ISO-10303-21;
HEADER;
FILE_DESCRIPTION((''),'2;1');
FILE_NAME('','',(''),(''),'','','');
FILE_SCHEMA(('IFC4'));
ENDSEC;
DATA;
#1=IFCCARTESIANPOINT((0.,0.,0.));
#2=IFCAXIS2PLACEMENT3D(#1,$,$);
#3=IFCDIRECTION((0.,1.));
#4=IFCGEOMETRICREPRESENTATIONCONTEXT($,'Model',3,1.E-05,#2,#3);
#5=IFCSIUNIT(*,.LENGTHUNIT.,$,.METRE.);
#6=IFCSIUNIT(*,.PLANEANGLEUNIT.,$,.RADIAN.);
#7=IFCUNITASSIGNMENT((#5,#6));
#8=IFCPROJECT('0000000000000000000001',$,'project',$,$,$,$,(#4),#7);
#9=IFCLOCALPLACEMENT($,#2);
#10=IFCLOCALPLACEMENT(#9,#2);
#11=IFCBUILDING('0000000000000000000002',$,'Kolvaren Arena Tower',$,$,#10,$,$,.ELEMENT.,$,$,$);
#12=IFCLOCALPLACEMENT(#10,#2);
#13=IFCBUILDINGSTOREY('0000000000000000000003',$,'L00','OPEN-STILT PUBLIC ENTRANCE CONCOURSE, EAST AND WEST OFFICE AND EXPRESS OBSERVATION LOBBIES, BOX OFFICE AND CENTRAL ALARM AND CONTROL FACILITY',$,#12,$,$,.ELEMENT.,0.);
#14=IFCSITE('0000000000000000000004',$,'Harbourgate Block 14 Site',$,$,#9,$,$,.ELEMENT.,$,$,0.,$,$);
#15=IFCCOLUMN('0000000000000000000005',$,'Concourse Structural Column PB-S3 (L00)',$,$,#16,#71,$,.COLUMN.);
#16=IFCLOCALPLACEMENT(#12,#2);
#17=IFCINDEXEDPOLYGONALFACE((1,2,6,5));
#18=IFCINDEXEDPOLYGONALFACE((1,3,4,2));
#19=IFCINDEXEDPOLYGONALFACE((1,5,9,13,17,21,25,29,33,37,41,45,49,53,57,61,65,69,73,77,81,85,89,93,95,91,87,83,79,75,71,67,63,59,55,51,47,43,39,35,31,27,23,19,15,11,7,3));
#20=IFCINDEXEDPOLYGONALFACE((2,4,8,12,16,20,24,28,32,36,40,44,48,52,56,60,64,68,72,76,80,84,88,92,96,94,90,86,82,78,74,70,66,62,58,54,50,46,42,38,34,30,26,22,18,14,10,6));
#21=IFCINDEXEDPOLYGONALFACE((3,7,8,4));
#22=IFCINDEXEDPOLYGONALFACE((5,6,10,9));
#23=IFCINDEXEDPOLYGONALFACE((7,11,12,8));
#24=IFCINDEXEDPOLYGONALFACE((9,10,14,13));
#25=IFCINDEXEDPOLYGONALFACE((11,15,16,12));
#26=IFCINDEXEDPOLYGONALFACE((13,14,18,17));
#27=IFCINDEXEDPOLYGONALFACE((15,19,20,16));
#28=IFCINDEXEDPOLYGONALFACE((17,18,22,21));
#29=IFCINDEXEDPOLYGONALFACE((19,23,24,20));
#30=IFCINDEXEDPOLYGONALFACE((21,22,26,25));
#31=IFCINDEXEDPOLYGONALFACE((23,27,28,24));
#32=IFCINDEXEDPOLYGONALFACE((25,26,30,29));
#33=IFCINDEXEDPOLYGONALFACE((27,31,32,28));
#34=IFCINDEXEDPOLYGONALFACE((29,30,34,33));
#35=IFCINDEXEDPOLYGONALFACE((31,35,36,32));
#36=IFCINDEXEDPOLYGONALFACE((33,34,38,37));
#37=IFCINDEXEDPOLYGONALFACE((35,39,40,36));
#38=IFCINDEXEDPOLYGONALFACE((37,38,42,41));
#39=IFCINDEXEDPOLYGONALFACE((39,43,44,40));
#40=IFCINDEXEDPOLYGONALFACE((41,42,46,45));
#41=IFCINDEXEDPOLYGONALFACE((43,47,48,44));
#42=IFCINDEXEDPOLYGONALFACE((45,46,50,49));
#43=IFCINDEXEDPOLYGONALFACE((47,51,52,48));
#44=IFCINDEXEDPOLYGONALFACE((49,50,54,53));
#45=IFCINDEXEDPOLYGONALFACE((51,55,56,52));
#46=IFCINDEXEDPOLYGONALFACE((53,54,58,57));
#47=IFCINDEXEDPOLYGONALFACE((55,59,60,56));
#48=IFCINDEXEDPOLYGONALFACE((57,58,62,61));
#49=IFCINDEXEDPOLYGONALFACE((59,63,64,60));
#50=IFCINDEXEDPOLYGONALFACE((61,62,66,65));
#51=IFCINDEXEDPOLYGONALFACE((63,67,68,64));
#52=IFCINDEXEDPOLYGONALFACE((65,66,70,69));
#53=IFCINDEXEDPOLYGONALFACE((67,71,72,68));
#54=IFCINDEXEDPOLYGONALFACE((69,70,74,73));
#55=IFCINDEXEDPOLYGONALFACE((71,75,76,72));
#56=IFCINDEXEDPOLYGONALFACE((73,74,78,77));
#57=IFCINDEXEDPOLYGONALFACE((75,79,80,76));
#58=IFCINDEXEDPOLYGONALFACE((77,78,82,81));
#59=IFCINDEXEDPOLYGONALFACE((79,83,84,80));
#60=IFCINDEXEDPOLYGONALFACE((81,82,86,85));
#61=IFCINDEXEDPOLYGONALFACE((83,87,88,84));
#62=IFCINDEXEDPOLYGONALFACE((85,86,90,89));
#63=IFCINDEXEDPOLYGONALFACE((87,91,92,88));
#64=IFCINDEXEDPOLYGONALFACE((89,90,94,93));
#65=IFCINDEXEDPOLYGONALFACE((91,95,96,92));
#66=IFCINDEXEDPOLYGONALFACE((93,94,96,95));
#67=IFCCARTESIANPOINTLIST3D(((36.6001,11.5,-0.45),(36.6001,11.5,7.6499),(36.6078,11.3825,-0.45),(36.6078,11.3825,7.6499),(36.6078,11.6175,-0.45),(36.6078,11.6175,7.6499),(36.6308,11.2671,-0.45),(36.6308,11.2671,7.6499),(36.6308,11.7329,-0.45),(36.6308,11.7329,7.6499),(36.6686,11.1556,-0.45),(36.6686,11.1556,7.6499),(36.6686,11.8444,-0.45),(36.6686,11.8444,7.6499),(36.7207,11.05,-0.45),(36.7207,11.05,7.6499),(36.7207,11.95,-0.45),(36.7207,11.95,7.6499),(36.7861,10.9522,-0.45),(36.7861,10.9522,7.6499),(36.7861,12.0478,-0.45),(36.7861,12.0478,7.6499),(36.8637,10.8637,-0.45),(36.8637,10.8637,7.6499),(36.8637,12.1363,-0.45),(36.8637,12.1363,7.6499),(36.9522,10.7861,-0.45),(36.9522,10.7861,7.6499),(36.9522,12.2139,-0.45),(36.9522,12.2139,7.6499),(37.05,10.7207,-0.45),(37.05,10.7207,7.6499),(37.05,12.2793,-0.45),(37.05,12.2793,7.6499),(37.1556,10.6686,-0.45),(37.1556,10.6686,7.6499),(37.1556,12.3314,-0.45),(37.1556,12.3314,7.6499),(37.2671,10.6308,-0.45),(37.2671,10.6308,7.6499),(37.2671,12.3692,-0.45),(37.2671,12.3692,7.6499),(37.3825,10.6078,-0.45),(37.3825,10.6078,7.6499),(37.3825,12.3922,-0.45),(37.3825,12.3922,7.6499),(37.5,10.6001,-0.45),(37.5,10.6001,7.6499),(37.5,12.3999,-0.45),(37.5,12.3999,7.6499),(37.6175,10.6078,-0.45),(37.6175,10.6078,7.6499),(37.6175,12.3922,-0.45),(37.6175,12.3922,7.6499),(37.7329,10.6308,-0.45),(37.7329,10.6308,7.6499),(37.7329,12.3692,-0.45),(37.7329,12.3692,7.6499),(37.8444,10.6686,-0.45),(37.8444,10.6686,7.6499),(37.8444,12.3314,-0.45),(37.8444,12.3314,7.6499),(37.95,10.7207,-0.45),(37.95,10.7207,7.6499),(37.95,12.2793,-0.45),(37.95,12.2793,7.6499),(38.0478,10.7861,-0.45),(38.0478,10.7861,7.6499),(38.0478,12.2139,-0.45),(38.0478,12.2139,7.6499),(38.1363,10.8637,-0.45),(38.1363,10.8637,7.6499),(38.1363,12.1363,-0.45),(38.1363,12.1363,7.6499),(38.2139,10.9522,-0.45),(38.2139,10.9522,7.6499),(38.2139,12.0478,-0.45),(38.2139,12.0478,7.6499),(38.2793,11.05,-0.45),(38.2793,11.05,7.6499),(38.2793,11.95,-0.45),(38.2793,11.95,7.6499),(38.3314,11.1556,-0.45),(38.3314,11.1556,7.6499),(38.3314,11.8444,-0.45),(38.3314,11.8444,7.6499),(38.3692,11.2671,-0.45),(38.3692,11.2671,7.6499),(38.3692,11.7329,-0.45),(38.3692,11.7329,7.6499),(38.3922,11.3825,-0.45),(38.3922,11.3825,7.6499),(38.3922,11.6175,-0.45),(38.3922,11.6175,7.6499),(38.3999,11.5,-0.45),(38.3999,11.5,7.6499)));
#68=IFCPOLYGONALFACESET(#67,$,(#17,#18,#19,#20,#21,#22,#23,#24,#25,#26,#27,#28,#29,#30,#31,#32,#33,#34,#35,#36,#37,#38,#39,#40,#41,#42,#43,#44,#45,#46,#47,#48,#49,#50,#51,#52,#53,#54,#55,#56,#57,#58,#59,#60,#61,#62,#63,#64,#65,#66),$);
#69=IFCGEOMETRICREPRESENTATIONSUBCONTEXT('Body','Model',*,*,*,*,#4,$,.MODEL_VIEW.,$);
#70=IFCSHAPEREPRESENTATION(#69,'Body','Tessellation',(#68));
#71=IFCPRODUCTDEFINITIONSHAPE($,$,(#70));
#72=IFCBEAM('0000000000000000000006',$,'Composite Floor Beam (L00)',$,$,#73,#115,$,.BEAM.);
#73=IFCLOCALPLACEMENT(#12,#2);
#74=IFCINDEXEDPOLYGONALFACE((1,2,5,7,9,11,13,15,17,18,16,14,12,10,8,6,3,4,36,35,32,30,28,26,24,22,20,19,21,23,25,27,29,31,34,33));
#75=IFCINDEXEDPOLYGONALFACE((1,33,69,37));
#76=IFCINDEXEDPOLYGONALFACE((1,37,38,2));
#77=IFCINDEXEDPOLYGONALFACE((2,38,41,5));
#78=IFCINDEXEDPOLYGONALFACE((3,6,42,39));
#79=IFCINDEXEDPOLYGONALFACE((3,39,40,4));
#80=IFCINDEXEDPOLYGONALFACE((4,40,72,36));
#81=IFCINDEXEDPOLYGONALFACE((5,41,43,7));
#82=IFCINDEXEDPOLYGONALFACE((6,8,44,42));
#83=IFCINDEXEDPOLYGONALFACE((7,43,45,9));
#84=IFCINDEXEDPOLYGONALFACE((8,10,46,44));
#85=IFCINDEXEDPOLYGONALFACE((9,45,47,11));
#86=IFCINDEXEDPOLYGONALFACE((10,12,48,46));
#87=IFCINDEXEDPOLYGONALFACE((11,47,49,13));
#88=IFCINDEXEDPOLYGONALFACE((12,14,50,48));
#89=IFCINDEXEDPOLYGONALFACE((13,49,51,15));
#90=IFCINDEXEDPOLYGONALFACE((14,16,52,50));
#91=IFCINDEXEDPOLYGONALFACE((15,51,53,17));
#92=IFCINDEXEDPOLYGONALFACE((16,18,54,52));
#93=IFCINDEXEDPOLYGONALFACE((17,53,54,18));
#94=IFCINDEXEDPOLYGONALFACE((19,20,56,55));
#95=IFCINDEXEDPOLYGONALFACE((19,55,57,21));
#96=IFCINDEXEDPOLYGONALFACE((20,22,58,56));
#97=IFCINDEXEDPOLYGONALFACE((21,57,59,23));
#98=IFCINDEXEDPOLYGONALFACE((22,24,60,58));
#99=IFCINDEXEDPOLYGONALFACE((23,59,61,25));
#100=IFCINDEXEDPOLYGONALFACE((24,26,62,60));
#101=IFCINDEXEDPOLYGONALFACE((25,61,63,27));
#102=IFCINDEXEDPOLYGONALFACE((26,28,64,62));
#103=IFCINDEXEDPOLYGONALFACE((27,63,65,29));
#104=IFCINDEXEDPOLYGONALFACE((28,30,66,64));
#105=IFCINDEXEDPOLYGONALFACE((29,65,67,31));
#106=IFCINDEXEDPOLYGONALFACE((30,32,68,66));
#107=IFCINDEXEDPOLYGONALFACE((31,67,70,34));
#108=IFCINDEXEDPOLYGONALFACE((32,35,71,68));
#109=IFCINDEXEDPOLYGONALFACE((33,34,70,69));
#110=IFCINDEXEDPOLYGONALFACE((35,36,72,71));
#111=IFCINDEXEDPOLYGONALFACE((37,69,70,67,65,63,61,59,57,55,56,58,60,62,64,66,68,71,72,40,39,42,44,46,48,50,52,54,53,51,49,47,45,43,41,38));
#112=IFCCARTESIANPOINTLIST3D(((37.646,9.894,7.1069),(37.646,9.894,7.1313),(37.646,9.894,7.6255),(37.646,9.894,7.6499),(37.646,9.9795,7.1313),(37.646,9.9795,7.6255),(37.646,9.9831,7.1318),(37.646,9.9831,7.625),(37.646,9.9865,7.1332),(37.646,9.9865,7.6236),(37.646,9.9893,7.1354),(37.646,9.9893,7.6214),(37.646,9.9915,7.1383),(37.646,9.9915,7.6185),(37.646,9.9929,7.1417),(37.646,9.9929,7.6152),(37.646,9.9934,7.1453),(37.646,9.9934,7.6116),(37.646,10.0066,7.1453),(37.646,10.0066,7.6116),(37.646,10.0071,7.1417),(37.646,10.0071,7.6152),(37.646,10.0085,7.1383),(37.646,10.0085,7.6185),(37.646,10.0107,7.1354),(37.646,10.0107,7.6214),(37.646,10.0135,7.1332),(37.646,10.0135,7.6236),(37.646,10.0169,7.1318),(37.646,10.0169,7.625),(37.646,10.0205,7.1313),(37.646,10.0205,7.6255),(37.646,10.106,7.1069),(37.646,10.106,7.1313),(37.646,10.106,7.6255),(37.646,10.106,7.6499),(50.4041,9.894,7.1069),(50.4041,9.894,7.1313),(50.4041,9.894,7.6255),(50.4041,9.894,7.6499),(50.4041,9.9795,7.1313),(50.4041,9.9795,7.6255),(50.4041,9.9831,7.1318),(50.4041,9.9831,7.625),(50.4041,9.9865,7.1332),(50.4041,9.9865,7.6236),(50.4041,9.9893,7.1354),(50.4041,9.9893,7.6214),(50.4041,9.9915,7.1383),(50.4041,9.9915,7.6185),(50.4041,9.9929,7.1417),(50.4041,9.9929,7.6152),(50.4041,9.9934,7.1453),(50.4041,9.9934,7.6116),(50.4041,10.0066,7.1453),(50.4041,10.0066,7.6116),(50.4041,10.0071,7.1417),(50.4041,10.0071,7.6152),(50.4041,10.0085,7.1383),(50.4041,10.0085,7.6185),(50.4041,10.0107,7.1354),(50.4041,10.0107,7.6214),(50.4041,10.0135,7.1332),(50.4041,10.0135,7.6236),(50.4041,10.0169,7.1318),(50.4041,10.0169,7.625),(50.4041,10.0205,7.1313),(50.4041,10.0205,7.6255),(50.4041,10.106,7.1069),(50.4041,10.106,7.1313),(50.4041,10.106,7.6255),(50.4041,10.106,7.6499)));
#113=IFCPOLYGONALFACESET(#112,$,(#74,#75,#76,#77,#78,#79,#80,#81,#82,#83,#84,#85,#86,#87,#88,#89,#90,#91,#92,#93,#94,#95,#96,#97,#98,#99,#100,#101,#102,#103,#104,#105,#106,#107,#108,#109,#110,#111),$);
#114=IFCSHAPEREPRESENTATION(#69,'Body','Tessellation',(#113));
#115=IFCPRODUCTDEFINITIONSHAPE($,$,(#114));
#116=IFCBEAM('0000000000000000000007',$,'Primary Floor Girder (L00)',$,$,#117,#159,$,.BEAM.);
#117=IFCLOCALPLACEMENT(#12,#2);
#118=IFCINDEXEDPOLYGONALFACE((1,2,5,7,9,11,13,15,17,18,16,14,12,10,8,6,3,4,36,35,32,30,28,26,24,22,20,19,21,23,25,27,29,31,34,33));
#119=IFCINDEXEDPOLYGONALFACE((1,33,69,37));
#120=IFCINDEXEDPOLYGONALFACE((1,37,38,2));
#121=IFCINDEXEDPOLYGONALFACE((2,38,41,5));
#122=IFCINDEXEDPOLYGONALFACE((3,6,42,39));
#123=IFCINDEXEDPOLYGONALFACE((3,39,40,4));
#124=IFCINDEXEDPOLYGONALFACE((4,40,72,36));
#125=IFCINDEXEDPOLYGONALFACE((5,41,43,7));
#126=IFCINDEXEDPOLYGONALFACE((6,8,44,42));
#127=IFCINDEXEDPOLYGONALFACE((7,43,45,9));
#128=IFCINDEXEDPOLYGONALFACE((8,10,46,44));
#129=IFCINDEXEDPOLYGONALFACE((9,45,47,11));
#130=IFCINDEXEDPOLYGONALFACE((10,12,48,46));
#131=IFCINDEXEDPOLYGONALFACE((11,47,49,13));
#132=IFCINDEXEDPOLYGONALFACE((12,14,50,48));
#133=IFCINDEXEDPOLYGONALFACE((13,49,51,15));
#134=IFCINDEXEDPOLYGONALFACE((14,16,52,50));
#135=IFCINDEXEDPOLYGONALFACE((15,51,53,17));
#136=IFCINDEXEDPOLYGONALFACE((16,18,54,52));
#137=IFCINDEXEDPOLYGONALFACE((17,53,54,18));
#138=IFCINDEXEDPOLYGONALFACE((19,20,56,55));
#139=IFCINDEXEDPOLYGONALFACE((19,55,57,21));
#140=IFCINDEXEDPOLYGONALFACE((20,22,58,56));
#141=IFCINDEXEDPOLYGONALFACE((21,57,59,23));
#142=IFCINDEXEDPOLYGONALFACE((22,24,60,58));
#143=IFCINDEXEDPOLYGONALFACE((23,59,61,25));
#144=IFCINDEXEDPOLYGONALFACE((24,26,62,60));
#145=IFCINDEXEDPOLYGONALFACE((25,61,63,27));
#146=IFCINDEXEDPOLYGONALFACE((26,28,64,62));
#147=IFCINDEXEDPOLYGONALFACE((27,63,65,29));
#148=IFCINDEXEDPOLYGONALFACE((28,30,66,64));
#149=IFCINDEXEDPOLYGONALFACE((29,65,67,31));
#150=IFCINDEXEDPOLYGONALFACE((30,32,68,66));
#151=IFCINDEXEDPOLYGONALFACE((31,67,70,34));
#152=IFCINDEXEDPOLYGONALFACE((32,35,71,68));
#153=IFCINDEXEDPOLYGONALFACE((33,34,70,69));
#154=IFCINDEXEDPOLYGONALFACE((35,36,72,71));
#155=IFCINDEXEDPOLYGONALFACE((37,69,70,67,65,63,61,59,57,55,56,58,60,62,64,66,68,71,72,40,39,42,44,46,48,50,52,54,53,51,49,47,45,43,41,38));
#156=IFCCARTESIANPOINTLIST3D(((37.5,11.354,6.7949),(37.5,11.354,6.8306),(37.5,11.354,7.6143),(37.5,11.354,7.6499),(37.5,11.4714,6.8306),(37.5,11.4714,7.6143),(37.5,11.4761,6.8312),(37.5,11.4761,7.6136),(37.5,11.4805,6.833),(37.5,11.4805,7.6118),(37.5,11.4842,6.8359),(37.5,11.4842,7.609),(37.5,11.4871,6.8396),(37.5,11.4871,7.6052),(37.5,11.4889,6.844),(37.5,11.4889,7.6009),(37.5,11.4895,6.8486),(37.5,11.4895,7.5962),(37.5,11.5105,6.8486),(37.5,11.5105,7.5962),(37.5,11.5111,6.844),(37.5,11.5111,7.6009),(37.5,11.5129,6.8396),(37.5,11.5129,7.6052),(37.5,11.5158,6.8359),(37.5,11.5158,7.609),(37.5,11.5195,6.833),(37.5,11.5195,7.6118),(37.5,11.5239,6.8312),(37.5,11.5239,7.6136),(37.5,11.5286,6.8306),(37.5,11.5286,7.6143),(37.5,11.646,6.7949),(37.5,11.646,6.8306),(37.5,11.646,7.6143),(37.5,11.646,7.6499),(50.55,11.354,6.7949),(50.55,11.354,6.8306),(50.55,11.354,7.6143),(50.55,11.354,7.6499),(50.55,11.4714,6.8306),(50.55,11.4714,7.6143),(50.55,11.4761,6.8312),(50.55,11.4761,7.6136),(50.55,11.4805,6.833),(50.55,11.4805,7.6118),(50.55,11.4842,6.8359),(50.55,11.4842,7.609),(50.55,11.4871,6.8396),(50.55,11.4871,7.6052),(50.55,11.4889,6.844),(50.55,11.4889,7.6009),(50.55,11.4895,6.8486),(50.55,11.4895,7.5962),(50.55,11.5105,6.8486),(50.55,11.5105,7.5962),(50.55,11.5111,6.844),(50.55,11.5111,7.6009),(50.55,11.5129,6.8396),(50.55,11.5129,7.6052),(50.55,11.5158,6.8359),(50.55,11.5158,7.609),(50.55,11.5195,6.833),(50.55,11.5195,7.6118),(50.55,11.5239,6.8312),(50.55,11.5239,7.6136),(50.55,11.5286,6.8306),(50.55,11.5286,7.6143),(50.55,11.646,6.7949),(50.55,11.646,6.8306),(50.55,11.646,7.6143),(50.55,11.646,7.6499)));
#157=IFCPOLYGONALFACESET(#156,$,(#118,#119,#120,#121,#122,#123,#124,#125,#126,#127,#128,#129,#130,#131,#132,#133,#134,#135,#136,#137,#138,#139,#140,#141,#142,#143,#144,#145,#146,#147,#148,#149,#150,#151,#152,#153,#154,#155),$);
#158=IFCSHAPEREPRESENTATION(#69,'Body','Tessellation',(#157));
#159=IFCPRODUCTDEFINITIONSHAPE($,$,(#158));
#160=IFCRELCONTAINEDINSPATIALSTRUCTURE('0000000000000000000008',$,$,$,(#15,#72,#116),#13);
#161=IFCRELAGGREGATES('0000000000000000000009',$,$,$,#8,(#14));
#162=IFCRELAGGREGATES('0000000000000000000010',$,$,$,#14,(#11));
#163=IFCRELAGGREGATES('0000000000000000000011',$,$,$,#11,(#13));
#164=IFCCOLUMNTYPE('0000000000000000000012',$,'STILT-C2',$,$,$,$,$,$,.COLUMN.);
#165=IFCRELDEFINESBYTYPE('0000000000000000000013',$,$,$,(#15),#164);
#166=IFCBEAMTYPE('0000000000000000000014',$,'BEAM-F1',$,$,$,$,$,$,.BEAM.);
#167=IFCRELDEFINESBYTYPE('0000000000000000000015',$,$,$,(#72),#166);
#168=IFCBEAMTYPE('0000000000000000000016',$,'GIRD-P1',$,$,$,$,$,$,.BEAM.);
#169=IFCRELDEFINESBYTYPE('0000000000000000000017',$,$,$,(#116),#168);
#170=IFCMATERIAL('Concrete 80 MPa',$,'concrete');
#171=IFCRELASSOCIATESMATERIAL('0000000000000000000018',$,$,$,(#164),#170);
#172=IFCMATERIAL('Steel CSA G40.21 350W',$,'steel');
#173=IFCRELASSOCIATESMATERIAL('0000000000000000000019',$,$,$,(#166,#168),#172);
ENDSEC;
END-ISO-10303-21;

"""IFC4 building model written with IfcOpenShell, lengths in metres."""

from ifc_helpers import new_model, si_unit, direction, frame, origin, origin_2d, place, context, subcontext, project, spatial, circle, i_section, extrude, material, material_profile, profile_set, type_object, element, save


model = new_model("IFC4")

# Units and contexts
model_context = context("Model", 3, precision=1e-05, world=origin(), true_north=direction((0.0, 1.0)))
body_context = subcontext(model_context, "Body", "Model", "MODEL_VIEW")
ifc_project = project(units=[si_unit("LENGTHUNIT", "METRE"), si_unit("PLANEANGLEUNIT", "RADIAN")], contexts=[model_context])

# Site, building, storey
site_placement = place(None, origin())
site = spatial("IfcSite", under=ifc_project, at=site_placement, Name="Harbourgate Block 14 Site", CompositionType="ELEMENT", RefElevation=0.0)
building_placement = place(site_placement, origin())
building = spatial("IfcBuilding", under=site, at=building_placement, Name="Kolvaren Arena Tower", CompositionType="ELEMENT")
storey_placement = place(building_placement, origin())
storey = spatial("IfcBuildingStorey", under=building, at=storey_placement, Name="L00", Description="OPEN-STILT PUBLIC ENTRANCE CONCOURSE, EAST AND WEST OFFICE AND EXPRESS OBSERVATION LOBBIES, BOX OFFICE AND CENTRAL ALARM AND CONTROL FACILITY", CompositionType="ELEMENT", Elevation=0.0)

# Column
ifc_material_1 = material(Name="Concrete 80 MPa", Category="concrete")
ifc_material_profile_1 = material_profile(ifc_material_1, circle(Radius=0.8999, at=origin_2d()), Name="RC-CIRC-1800")
ifc_profile_set_1 = profile_set([ifc_material_profile_1], Name="Concrete 80 MPa")
column_type = type_object("IfcColumnType", Name="STILT-C2", PredefinedType="COLUMN", material=ifc_profile_set_1)
column_placement = place(storey_placement, frame((37.5, 11.5, -0.45), z_axis=(0.0, 0.0, 1.0), x_axis=(1.0, 0.0, 0.0)))
element("IfcColumn", 1, at=column_placement, inside=storey, type_object=column_type, Name="Concourse Structural Column PB-S3 (L00)", PredefinedType="COLUMN", context=body_context, shape_type="SweptSolid", body=[
    extrude(circle(Radius=0.8999, at=origin_2d()), origin(), (0.0, 0.0, 1.0), 8.0999),
])

# Beams
ifc_material_2 = material(Name="Steel CSA G40.21 350W", Category="steel")
ifc_material_profile_2 = material_profile(ifc_material_2, i_section(OverallWidth=0.2119, OverallDepth=0.543, WebThickness=0.0132, FlangeThickness=0.0244, FilletRadius=0.0139, at=origin_2d()), Name="W530x150")
ifc_profile_set_2 = profile_set([ifc_material_profile_2], Name="Steel CSA G40.21 350W")
beam_type_1 = type_object("IfcBeamType", Name="BEAM-F1", PredefinedType="BEAM", material=ifc_profile_set_2)
beam_1_placement = place(storey_placement, frame((37.646, 10.0, 7.3784), z_axis=(1.0, 0.0, 0.0), x_axis=(0.0, 1.0, 0.0)))
element("IfcBeam", 2, at=beam_1_placement, inside=storey, type_object=beam_type_1, Name="Composite Floor Beam (L00)", PredefinedType="BEAM", context=body_context, shape_type="SweptSolid", body=[
    extrude(i_section(OverallWidth=0.2119, OverallDepth=0.543, WebThickness=0.0132, FlangeThickness=0.0244, FilletRadius=0.0139, at=origin_2d()), origin(), (0.0, 0.0, 1.0), 12.7581),
])
ifc_material_profile_3 = material_profile(ifc_material_2, i_section(OverallWidth=0.292, OverallDepth=0.855, WebThickness=0.021, FlangeThickness=0.0356, FilletRadius=0.0181, at=origin_2d()), Name="W840x299")
ifc_profile_set_3 = profile_set([ifc_material_profile_3], Name="Steel CSA G40.21 350W")
beam_type_2 = type_object("IfcBeamType", Name="GIRD-P1", PredefinedType="BEAM", material=ifc_profile_set_3)
beam_2_placement = place(storey_placement, frame((37.5, 11.5, 7.2224), z_axis=(1.0, 0.0, 0.0), x_axis=(0.0, 1.0, 0.0)))
element("IfcBeam", 3, at=beam_2_placement, inside=storey, type_object=beam_type_2, Name="Primary Floor Girder (L00)", PredefinedType="BEAM", context=body_context, shape_type="SweptSolid", body=[
    extrude(i_section(OverallWidth=0.292, OverallDepth=0.855, WebThickness=0.021, FlangeThickness=0.0356, FilletRadius=0.0181, at=origin_2d()), origin(), (0.0, 0.0, 1.0), 13.05),
])

save(model, "model.ifc")
